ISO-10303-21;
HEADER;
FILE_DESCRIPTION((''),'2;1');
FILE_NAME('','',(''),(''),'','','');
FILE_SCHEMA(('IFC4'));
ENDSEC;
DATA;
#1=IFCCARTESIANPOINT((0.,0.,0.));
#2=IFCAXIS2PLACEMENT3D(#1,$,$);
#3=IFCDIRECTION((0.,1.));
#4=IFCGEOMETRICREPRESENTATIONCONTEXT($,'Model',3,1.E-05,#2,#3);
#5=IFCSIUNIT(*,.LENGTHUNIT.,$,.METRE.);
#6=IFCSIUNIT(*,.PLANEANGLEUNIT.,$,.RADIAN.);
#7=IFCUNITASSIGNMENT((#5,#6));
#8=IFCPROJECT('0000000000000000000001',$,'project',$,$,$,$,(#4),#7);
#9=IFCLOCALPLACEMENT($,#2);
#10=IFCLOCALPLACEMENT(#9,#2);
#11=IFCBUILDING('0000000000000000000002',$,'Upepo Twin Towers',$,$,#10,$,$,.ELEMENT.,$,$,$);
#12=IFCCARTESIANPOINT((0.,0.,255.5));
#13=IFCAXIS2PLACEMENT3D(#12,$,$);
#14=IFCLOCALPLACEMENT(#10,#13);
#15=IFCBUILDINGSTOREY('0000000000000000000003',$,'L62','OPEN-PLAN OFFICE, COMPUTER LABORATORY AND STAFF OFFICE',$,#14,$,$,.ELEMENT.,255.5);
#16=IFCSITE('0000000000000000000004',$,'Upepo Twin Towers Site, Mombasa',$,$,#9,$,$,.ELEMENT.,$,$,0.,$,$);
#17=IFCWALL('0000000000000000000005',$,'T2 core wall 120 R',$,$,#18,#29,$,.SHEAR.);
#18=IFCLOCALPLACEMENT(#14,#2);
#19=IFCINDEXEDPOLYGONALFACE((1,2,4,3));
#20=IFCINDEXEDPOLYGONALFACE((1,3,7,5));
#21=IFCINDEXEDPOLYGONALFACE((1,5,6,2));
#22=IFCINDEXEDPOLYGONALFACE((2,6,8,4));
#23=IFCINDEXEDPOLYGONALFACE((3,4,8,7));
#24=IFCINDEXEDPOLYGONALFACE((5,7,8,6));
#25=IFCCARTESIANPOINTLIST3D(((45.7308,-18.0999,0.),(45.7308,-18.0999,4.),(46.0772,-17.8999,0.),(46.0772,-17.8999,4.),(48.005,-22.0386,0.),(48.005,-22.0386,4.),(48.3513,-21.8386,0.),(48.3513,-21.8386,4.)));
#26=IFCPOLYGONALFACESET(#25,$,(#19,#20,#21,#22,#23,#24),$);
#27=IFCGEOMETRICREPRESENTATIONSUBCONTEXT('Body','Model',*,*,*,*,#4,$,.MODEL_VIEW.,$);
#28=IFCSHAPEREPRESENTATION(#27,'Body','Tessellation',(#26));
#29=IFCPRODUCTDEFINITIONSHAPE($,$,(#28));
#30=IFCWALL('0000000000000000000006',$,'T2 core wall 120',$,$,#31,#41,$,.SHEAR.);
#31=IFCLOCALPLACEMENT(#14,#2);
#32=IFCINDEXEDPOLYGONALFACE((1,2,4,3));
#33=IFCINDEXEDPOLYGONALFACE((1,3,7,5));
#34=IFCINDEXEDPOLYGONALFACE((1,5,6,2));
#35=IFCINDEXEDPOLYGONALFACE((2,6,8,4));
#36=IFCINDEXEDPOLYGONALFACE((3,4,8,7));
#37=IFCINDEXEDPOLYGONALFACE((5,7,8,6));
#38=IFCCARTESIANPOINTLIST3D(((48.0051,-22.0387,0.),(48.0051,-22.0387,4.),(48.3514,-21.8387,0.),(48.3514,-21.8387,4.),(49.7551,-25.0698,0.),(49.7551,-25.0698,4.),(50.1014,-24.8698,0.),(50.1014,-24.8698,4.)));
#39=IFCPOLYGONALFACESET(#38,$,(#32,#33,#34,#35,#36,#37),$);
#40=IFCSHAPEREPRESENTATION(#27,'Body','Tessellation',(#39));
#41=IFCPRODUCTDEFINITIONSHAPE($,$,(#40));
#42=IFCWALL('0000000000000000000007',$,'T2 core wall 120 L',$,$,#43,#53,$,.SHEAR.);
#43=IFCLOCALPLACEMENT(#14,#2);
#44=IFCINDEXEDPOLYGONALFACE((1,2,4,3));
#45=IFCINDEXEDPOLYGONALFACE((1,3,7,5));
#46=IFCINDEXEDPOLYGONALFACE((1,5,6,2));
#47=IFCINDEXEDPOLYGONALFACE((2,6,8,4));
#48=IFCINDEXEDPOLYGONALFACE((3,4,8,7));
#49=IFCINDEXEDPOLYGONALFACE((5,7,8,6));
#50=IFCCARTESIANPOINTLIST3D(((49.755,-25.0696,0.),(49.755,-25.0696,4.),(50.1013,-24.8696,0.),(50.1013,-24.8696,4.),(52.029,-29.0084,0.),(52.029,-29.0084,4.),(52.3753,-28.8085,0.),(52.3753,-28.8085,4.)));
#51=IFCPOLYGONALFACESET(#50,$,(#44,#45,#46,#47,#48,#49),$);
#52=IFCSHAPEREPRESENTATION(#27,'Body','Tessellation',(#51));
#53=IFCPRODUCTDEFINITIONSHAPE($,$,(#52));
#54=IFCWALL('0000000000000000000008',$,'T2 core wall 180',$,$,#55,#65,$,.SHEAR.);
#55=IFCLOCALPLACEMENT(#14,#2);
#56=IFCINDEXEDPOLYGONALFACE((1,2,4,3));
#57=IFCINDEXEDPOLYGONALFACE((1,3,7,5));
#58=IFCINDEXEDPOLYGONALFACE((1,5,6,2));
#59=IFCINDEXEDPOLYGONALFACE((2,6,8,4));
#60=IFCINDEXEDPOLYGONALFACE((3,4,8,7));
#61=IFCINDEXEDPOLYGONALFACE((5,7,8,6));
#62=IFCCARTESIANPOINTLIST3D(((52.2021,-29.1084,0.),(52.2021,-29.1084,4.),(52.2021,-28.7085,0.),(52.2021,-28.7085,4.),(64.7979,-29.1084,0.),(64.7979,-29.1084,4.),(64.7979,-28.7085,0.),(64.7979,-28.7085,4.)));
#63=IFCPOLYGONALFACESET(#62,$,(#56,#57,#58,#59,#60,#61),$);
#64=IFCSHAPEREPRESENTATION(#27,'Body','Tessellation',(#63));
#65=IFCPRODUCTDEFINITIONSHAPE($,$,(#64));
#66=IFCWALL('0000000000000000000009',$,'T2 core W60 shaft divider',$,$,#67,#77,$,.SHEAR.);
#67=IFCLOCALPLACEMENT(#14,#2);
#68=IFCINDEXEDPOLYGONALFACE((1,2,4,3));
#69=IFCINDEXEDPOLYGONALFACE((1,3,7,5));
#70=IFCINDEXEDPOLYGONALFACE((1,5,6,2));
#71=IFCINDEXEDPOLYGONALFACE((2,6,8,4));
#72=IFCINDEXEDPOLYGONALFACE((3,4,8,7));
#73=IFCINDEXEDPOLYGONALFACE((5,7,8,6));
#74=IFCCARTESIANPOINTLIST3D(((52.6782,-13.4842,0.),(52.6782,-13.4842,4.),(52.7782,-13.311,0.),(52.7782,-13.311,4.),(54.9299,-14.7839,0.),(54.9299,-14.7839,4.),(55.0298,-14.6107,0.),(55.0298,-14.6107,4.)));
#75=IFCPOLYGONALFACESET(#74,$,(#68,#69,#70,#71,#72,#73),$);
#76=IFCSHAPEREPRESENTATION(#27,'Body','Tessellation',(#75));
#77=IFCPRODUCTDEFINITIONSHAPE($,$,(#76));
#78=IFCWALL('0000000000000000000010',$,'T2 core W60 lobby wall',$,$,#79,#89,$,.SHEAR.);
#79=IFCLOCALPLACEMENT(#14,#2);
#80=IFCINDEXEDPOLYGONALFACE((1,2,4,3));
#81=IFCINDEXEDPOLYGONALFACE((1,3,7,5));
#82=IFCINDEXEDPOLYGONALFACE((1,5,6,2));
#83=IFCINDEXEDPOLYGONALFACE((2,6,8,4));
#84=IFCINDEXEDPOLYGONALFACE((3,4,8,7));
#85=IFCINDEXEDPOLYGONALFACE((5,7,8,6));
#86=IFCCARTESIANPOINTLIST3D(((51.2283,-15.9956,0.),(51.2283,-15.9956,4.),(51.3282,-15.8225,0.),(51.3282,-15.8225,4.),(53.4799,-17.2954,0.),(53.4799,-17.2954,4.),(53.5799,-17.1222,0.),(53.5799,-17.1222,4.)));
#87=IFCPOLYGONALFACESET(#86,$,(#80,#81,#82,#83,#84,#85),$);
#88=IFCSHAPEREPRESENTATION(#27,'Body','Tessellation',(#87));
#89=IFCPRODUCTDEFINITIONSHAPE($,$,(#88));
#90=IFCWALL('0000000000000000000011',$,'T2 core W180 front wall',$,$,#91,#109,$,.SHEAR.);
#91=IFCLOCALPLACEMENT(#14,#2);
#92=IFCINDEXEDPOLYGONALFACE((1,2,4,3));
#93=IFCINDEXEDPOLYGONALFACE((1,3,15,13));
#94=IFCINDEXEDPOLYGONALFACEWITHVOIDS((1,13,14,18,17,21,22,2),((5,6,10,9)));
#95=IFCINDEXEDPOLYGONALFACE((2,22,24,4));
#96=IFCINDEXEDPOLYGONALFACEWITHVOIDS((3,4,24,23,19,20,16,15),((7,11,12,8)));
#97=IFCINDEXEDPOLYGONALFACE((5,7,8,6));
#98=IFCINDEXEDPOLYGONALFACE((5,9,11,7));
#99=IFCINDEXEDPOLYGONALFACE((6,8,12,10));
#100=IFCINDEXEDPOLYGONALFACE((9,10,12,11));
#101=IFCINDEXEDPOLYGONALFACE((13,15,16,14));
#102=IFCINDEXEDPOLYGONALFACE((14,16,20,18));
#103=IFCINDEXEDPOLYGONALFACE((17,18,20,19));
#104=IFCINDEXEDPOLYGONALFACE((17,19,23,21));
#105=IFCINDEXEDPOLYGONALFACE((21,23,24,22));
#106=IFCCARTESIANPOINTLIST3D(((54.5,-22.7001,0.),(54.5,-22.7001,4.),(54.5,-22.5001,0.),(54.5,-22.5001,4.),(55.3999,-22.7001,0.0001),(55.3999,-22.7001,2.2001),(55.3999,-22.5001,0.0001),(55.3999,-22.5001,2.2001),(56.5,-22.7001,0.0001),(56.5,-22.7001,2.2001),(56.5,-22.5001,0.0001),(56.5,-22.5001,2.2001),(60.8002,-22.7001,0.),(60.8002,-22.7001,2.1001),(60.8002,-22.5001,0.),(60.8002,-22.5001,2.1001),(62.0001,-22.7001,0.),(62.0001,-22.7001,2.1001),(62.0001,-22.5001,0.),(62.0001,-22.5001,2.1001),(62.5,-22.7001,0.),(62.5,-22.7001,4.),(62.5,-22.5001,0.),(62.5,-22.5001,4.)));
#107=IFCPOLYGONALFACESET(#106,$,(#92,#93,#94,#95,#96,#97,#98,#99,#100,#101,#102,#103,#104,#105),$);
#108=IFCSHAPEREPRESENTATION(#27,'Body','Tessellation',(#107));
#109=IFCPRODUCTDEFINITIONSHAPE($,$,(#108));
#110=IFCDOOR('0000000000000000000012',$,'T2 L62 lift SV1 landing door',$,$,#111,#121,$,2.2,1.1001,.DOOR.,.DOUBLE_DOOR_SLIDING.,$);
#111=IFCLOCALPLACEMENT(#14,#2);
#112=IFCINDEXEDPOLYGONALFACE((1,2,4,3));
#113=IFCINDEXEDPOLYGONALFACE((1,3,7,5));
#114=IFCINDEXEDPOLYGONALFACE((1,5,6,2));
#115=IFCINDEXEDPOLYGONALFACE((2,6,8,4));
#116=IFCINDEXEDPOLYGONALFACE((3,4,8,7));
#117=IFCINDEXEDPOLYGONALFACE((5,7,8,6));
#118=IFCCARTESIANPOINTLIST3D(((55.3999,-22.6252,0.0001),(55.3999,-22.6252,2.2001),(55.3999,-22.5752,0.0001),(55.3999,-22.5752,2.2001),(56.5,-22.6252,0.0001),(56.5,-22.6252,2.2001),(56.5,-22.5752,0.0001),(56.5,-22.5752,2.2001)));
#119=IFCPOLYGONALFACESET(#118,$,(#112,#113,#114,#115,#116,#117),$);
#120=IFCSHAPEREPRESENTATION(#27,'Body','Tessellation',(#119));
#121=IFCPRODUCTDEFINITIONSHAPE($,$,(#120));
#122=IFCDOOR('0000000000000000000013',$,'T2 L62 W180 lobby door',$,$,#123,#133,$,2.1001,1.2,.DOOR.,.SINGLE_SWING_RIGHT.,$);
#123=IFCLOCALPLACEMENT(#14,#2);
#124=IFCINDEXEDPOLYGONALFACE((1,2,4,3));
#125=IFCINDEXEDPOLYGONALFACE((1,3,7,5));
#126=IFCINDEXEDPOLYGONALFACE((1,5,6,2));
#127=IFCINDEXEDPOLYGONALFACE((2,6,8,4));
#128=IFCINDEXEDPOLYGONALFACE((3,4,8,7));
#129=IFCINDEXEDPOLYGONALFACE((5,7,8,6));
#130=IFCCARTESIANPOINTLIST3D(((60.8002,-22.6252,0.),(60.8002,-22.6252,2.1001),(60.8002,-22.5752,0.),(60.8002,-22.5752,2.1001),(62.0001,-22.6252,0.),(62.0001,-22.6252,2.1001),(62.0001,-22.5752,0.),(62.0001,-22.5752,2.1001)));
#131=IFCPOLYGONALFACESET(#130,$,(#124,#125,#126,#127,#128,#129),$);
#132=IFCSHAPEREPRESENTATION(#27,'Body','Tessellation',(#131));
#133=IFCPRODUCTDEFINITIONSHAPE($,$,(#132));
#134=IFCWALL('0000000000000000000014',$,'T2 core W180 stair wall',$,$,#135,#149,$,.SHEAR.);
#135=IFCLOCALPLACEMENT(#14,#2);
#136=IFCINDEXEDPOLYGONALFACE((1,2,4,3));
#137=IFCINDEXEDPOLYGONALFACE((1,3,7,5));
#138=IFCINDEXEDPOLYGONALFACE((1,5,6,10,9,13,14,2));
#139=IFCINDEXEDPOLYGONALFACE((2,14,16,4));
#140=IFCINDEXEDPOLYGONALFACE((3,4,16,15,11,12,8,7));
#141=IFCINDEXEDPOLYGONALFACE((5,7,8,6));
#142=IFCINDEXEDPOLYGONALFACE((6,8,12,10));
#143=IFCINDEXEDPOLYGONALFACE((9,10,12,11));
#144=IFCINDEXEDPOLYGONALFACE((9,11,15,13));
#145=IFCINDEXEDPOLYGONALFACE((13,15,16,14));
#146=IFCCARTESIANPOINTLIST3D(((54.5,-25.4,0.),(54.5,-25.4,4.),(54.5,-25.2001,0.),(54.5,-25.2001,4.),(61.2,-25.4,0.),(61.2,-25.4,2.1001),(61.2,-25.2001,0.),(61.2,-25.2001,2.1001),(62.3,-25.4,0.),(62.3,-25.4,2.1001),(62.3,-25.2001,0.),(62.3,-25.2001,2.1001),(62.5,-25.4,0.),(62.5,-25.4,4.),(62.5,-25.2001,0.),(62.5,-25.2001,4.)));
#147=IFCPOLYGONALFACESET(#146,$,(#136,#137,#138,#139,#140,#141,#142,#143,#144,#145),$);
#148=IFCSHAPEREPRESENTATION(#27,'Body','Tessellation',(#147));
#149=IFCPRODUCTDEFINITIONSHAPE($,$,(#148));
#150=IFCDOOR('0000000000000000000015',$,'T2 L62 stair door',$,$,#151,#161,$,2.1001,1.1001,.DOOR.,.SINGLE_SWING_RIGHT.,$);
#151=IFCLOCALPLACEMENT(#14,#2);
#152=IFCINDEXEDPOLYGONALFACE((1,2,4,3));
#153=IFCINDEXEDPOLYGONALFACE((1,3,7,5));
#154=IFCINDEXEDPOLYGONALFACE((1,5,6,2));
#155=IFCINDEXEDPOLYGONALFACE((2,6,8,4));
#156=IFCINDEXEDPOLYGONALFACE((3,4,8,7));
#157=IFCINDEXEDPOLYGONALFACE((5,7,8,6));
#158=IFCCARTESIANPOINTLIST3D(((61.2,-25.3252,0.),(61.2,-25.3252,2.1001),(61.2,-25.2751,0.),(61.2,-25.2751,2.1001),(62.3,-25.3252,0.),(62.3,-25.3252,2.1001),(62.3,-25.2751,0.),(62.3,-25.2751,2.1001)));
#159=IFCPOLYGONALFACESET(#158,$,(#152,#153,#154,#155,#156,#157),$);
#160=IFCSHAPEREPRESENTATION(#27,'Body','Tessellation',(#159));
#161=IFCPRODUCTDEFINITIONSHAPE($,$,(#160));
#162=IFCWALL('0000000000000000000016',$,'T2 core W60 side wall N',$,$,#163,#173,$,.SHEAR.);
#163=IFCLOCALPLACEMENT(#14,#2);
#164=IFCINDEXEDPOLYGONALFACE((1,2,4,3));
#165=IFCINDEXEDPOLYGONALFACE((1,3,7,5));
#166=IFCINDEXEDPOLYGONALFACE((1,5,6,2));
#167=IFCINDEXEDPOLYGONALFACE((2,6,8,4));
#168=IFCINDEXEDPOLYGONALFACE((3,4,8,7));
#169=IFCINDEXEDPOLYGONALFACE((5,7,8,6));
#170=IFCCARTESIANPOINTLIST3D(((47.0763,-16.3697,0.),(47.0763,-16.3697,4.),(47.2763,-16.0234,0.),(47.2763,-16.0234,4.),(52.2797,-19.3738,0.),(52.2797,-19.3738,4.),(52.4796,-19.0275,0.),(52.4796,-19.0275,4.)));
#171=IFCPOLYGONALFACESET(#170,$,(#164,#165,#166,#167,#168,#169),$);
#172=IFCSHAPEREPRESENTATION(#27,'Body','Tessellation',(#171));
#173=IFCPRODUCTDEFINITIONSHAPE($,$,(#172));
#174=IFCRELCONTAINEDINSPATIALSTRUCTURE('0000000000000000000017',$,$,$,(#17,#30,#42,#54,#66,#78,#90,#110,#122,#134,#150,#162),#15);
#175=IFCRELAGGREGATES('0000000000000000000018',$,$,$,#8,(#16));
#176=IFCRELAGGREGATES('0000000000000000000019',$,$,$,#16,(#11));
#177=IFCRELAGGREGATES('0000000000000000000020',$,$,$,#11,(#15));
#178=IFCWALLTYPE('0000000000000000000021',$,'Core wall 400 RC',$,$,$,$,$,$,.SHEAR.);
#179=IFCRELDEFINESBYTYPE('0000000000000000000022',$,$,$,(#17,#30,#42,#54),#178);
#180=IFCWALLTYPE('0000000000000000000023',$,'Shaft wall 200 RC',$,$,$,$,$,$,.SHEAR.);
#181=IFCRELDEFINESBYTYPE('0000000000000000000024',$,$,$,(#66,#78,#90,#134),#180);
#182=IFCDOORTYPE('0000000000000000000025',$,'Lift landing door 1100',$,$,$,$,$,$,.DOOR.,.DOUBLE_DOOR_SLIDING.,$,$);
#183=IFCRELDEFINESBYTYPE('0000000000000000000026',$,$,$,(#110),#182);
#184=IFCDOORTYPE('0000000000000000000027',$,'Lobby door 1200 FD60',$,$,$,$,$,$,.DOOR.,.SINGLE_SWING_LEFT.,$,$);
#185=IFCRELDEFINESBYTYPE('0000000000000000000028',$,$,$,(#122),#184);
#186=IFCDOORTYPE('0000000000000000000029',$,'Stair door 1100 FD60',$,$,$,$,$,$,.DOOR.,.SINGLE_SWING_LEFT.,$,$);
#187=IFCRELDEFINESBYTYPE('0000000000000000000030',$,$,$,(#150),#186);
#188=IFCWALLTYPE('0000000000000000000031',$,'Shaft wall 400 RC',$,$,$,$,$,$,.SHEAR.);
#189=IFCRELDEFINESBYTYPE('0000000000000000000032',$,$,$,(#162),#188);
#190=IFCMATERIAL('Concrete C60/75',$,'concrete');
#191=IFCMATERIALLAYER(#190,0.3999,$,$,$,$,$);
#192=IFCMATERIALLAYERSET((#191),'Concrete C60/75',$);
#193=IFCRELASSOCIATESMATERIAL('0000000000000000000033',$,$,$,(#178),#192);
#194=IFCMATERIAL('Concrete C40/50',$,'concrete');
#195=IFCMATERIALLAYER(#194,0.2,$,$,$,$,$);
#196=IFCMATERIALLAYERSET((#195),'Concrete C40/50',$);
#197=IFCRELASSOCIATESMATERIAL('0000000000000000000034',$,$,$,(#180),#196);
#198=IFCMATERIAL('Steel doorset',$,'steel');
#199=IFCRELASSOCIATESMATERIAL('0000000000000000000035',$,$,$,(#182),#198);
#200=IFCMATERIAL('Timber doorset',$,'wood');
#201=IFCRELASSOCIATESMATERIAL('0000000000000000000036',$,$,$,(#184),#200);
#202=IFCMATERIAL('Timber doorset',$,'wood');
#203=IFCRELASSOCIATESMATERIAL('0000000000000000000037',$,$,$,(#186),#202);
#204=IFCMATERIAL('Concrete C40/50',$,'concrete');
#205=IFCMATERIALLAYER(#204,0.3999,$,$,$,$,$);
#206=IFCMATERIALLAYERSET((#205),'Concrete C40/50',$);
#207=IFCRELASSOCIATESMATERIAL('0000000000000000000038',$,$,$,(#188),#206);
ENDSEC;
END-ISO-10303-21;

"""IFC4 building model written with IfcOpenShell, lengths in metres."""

from ifc_helpers import new_model, si_unit, direction, frame, frame_2d, origin, place, context, subcontext, project, spatial, rectangle, extrude, material, layer, layer_set, type_object, element, fill, save


model = new_model("IFC4")

# Units and contexts
model_context = context("Model", 3, precision=1e-05, world=origin(), true_north=direction((0.0, 1.0)))
body_context = subcontext(model_context, "Body", "Model", "MODEL_VIEW")
ifc_project = project(units=[si_unit("LENGTHUNIT", "METRE"), si_unit("PLANEANGLEUNIT", "RADIAN")], contexts=[model_context])

# Site, building, storey
site_placement = place(None, origin())
site = spatial("IfcSite", under=ifc_project, at=site_placement, Name="Upepo Twin Towers Site, Mombasa", CompositionType="ELEMENT", RefElevation=0.0)
building_placement = place(site_placement, origin())
building = spatial("IfcBuilding", under=site, at=building_placement, Name="Upepo Twin Towers", CompositionType="ELEMENT")
storey_placement = place(building_placement, frame((0.0, 0.0, 255.5)))
storey = spatial("IfcBuildingStorey", under=building, at=storey_placement, Name="L62", Description="OPEN-PLAN OFFICE, COMPUTER LABORATORY AND STAFF OFFICE", CompositionType="ELEMENT", Elevation=255.5)

# Walls
ifc_material_1 = material(Name="Concrete C60/75", Category="concrete")
ifc_layer_1 = layer(ifc_material_1, 0.3999)
ifc_layer_set_1 = layer_set([ifc_layer_1], Name="Concrete C60/75")
wall_type_1 = type_object("IfcWallType", Name="Core wall 400 RC", PredefinedType="SHEAR", material=ifc_layer_set_1)
wall_1_placement = place(storey_placement, frame((45.9041, -18.0, 0.0), z_axis=(0.0, 0.0, 1.0), x_axis=(0.500024, -0.866011, 0.0)))
element("IfcWall", 1, at=wall_1_placement, inside=storey, type_object=wall_type_1, Name="T2 core wall 120 R", PredefinedType="SHEAR", context=body_context, shape_type="SweptSolid", body=[
    extrude(rectangle(XDim=4.5481, YDim=0.3999, at=frame_2d((2.2739, 0.0))), origin(), (0.0, 0.0, 1.0), 4.0),
])
wall_2_placement = place(storey_placement, frame((48.1782, -21.9387, 0.0), z_axis=(0.0, 0.0, 1.0), x_axis=(0.50001, -0.866019, 0.0)))
element("IfcWall", 2, at=wall_2_placement, inside=storey, type_object=wall_type_1, Name="T2 core wall 120", PredefinedType="SHEAR", context=body_context, shape_type="SweptSolid", body=[
    extrude(rectangle(XDim=3.5, YDim=0.3999, at=frame_2d((1.75, 0.0))), origin(), (0.0, 0.0, 1.0), 4.0),
])
wall_3_placement = place(storey_placement, frame((49.9282, -24.9697, 0.0), z_axis=(0.0, 0.0, 1.0), x_axis=(0.499984, -0.866035, 0.0)))
element("IfcWall", 3, at=wall_3_placement, inside=storey, type_object=wall_type_1, Name="T2 core wall 120 L", PredefinedType="SHEAR", context=body_context, shape_type="SweptSolid", body=[
    extrude(rectangle(XDim=4.5481, YDim=0.3999, at=frame_2d((2.2739, 0.0))), origin(), (0.0, 0.0, 1.0), 4.0),
])
wall_4_placement = place(storey_placement, frame((52.2021, -28.9084, 0.0), z_axis=(0.0, 0.0, 1.0), x_axis=(1.0, 0.0, 0.0)))
element("IfcWall", 4, at=wall_4_placement, inside=storey, type_object=wall_type_1, Name="T2 core wall 180", PredefinedType="SHEAR", context=body_context, shape_type="SweptSolid", body=[
    extrude(rectangle(XDim=12.5957, YDim=0.3999, at=frame_2d((6.2979, 0.0))), origin(), (0.0, 0.0, 1.0), 4.0),
])
ifc_material_2 = material(Name="Concrete C40/50", Category="concrete")
ifc_layer_2 = layer(ifc_material_2, 0.2)
ifc_layer_set_2 = layer_set([ifc_layer_2], Name="Concrete C40/50")
wall_type_2 = type_object("IfcWallType", Name="Shaft wall 200 RC", PredefinedType="SHEAR", material=ifc_layer_set_2)
for number, where, z_axis, x_axis, name in (
    (5, (54.9797, -14.6973, 0.0), (0.0, 0.0, 1.0), (-0.866062, 0.499937, 0.0), "T2 core W60 shaft divider"),
    (6, (53.5298, -17.2087, 0.0), (0.0, 0.0, 1.0), (-0.866062, 0.499937, 0.0), "T2 core W60 lobby wall"),
):
    element("IfcWall", number, at=place(storey_placement, frame(where, z_axis=z_axis, x_axis=x_axis)), inside=storey, type_object=wall_type_2, Name=name, PredefinedType="SHEAR", context=body_context, shape_type="SweptSolid", body=[
        extrude(rectangle(XDim=2.5999, YDim=0.2, at=frame_2d((1.2998, 0.0))), origin(), (0.0, 0.0, 1.0), 4.0),
    ])

# Wall, openings, doors
wall_5_placement = place(storey_placement, frame((54.5, -22.6001, 0.0), z_axis=(0.0, 0.0, 1.0), x_axis=(1.0, 0.0, 0.0)))
wall_5 = element("IfcWall", 7, at=wall_5_placement, inside=storey, type_object=wall_type_2, Name="T2 core W180 front wall", PredefinedType="SHEAR", context=body_context, shape_type="SweptSolid", body=[
    extrude(rectangle(XDim=8.0, YDim=0.2, at=frame_2d((4.0, 0.0))), origin(), (0.0, 0.0, 1.0), 4.0),
])
opening_1_placement = place(wall_5_placement, frame((6.3, 0.0, 0.0)))
opening_1 = element("IfcOpeningElement", 8, at=opening_1_placement, cuts=wall_5, PredefinedType="OPENING", context=body_context, shape_type="SweptSolid", body=[
    extrude(rectangle(XDim=1.2, YDim=2.1001, at=frame_2d((0.6001, 1.05))), frame((0.0, 0.1099, 0.0), z_axis=(0.0, -1.0, 0.0), x_axis=(1.0, 0.0, 0.0)), (0.0, 0.0, 1.0), 0.22),
])
opening_2_placement = place(wall_5_placement, frame((0.8999, 0.0, 0.0)))
opening_2 = element("IfcOpeningElement", 9, at=opening_2_placement, cuts=wall_5, PredefinedType="OPENING", context=body_context, shape_type="SweptSolid", body=[
    extrude(rectangle(XDim=1.1001, YDim=2.2, at=frame_2d((0.55, 1.1001))), frame((0.0, 0.1099, 0.0), z_axis=(0.0, -1.0, 0.0), x_axis=(1.0, 0.0, 0.0)), (0.0, 0.0, 1.0), 0.22),
])
ifc_material_3 = material(Name="Steel doorset", Category="steel")
door_type_1 = type_object("IfcDoorType", Name="Lift landing door 1100", OperationType="DOUBLE_DOOR_SLIDING", PredefinedType="DOOR", material=ifc_material_3)
door_1_placement = place(opening_2_placement, origin())
door_1 = element("IfcDoor", 10, at=door_1_placement, inside=storey, type_object=door_type_1, Name="T2 L62 lift SV1 landing door", OperationType="DOUBLE_DOOR_SLIDING", OverallHeight=2.2, OverallWidth=1.1001, PredefinedType="DOOR", context=body_context, shape_type="SweptSolid", body=[
    extrude(rectangle(XDim=1.1001, YDim=2.2, at=frame_2d((0.55, 1.1001))), frame((0.0, 0.0249, 0.0), z_axis=(0.0, -1.0, 0.0), x_axis=(1.0, 0.0, 0.0)), (0.0, 0.0, 1.0), 0.05),
])
fill(opening_2, door_1)
ifc_material_4 = material(Name="Timber doorset", Category="wood")
door_type_2 = type_object("IfcDoorType", Name="Lobby door 1200 FD60", OperationType="SINGLE_SWING_LEFT", PredefinedType="DOOR", material=ifc_material_4)
door_2_placement = place(opening_1_placement, origin())
door_2 = element("IfcDoor", 11, at=door_2_placement, inside=storey, type_object=door_type_2, Name="T2 L62 W180 lobby door", OperationType="SINGLE_SWING_RIGHT", OverallHeight=2.1001, OverallWidth=1.2, PredefinedType="DOOR", context=body_context, shape_type="SweptSolid", body=[
    extrude(rectangle(XDim=1.2, YDim=2.1001, at=frame_2d((0.6001, 1.05))), frame((0.0, 0.0249, 0.0), z_axis=(0.0, -1.0, 0.0), x_axis=(1.0, 0.0, 0.0)), (0.0, 0.0, 1.0), 0.05),
])
fill(opening_1, door_2)

# Wall, opening, door
wall_6_placement = place(storey_placement, frame((54.5, -25.3, 0.0), z_axis=(0.0, 0.0, 1.0), x_axis=(1.0, 0.0, 0.0)))
wall_6 = element("IfcWall", 12, at=wall_6_placement, inside=storey, type_object=wall_type_2, Name="T2 core W180 stair wall", PredefinedType="SHEAR", context=body_context, shape_type="SweptSolid", body=[
    extrude(rectangle(XDim=8.0, YDim=0.2, at=frame_2d((4.0, 0.0))), origin(), (0.0, 0.0, 1.0), 4.0),
])
opening_3_placement = place(wall_6_placement, frame((6.7, 0.0, 0.0)))
opening_3 = element("IfcOpeningElement", 13, at=opening_3_placement, cuts=wall_6, PredefinedType="OPENING", context=body_context, shape_type="SweptSolid", body=[
    extrude(rectangle(XDim=1.1001, YDim=2.1001, at=frame_2d((0.55, 1.05))), frame((0.0, 0.1099, 0.0), z_axis=(0.0, -1.0, 0.0), x_axis=(1.0, 0.0, 0.0)), (0.0, 0.0, 1.0), 0.22),
])
ifc_material_5 = material(Name="Timber doorset", Category="wood")
door_type_3 = type_object("IfcDoorType", Name="Stair door 1100 FD60", OperationType="SINGLE_SWING_LEFT", PredefinedType="DOOR", material=ifc_material_5)
door_3_placement = place(opening_3_placement, origin())
door_3 = element("IfcDoor", 14, at=door_3_placement, inside=storey, type_object=door_type_3, Name="T2 L62 stair door", OperationType="SINGLE_SWING_RIGHT", OverallHeight=2.1001, OverallWidth=1.1001, PredefinedType="DOOR", context=body_context, shape_type="SweptSolid", body=[
    extrude(rectangle(XDim=1.1001, YDim=2.1001, at=frame_2d((0.55, 1.05))), frame((0.0, 0.0249, 0.0), z_axis=(0.0, -1.0, 0.0), x_axis=(1.0, 0.0, 0.0)), (0.0, 0.0, 1.0), 0.05),
])
fill(opening_3, door_3)

# Wall
ifc_material_6 = material(Name="Concrete C40/50", Category="concrete")
ifc_layer_3 = layer(ifc_material_6, 0.3999)
ifc_layer_set_3 = layer_set([ifc_layer_3], Name="Concrete C40/50")
wall_type_3 = type_object("IfcWallType", Name="Shaft wall 400 RC", PredefinedType="SHEAR", material=ifc_layer_set_3)
for number, where, z_axis, x_axis, name in (
    (15, (52.3796, -19.2007, 0.0), (0.0, 0.0, 1.0), (-0.866027, 0.499998, 0.0), "T2 core W60 side wall N"),
):
    element("IfcWall", number, at=place(storey_placement, frame(where, z_axis=z_axis, x_axis=x_axis)), inside=storey, type_object=wall_type_3, Name=name, PredefinedType="SHEAR", context=body_context, shape_type="SweptSolid", body=[
        extrude(rectangle(XDim=6.0083, YDim=0.3999, at=frame_2d((3.0042, 0.0))), origin(), (0.0, 0.0, 1.0), 4.0),
    ])

save(model, "model.ifc")
